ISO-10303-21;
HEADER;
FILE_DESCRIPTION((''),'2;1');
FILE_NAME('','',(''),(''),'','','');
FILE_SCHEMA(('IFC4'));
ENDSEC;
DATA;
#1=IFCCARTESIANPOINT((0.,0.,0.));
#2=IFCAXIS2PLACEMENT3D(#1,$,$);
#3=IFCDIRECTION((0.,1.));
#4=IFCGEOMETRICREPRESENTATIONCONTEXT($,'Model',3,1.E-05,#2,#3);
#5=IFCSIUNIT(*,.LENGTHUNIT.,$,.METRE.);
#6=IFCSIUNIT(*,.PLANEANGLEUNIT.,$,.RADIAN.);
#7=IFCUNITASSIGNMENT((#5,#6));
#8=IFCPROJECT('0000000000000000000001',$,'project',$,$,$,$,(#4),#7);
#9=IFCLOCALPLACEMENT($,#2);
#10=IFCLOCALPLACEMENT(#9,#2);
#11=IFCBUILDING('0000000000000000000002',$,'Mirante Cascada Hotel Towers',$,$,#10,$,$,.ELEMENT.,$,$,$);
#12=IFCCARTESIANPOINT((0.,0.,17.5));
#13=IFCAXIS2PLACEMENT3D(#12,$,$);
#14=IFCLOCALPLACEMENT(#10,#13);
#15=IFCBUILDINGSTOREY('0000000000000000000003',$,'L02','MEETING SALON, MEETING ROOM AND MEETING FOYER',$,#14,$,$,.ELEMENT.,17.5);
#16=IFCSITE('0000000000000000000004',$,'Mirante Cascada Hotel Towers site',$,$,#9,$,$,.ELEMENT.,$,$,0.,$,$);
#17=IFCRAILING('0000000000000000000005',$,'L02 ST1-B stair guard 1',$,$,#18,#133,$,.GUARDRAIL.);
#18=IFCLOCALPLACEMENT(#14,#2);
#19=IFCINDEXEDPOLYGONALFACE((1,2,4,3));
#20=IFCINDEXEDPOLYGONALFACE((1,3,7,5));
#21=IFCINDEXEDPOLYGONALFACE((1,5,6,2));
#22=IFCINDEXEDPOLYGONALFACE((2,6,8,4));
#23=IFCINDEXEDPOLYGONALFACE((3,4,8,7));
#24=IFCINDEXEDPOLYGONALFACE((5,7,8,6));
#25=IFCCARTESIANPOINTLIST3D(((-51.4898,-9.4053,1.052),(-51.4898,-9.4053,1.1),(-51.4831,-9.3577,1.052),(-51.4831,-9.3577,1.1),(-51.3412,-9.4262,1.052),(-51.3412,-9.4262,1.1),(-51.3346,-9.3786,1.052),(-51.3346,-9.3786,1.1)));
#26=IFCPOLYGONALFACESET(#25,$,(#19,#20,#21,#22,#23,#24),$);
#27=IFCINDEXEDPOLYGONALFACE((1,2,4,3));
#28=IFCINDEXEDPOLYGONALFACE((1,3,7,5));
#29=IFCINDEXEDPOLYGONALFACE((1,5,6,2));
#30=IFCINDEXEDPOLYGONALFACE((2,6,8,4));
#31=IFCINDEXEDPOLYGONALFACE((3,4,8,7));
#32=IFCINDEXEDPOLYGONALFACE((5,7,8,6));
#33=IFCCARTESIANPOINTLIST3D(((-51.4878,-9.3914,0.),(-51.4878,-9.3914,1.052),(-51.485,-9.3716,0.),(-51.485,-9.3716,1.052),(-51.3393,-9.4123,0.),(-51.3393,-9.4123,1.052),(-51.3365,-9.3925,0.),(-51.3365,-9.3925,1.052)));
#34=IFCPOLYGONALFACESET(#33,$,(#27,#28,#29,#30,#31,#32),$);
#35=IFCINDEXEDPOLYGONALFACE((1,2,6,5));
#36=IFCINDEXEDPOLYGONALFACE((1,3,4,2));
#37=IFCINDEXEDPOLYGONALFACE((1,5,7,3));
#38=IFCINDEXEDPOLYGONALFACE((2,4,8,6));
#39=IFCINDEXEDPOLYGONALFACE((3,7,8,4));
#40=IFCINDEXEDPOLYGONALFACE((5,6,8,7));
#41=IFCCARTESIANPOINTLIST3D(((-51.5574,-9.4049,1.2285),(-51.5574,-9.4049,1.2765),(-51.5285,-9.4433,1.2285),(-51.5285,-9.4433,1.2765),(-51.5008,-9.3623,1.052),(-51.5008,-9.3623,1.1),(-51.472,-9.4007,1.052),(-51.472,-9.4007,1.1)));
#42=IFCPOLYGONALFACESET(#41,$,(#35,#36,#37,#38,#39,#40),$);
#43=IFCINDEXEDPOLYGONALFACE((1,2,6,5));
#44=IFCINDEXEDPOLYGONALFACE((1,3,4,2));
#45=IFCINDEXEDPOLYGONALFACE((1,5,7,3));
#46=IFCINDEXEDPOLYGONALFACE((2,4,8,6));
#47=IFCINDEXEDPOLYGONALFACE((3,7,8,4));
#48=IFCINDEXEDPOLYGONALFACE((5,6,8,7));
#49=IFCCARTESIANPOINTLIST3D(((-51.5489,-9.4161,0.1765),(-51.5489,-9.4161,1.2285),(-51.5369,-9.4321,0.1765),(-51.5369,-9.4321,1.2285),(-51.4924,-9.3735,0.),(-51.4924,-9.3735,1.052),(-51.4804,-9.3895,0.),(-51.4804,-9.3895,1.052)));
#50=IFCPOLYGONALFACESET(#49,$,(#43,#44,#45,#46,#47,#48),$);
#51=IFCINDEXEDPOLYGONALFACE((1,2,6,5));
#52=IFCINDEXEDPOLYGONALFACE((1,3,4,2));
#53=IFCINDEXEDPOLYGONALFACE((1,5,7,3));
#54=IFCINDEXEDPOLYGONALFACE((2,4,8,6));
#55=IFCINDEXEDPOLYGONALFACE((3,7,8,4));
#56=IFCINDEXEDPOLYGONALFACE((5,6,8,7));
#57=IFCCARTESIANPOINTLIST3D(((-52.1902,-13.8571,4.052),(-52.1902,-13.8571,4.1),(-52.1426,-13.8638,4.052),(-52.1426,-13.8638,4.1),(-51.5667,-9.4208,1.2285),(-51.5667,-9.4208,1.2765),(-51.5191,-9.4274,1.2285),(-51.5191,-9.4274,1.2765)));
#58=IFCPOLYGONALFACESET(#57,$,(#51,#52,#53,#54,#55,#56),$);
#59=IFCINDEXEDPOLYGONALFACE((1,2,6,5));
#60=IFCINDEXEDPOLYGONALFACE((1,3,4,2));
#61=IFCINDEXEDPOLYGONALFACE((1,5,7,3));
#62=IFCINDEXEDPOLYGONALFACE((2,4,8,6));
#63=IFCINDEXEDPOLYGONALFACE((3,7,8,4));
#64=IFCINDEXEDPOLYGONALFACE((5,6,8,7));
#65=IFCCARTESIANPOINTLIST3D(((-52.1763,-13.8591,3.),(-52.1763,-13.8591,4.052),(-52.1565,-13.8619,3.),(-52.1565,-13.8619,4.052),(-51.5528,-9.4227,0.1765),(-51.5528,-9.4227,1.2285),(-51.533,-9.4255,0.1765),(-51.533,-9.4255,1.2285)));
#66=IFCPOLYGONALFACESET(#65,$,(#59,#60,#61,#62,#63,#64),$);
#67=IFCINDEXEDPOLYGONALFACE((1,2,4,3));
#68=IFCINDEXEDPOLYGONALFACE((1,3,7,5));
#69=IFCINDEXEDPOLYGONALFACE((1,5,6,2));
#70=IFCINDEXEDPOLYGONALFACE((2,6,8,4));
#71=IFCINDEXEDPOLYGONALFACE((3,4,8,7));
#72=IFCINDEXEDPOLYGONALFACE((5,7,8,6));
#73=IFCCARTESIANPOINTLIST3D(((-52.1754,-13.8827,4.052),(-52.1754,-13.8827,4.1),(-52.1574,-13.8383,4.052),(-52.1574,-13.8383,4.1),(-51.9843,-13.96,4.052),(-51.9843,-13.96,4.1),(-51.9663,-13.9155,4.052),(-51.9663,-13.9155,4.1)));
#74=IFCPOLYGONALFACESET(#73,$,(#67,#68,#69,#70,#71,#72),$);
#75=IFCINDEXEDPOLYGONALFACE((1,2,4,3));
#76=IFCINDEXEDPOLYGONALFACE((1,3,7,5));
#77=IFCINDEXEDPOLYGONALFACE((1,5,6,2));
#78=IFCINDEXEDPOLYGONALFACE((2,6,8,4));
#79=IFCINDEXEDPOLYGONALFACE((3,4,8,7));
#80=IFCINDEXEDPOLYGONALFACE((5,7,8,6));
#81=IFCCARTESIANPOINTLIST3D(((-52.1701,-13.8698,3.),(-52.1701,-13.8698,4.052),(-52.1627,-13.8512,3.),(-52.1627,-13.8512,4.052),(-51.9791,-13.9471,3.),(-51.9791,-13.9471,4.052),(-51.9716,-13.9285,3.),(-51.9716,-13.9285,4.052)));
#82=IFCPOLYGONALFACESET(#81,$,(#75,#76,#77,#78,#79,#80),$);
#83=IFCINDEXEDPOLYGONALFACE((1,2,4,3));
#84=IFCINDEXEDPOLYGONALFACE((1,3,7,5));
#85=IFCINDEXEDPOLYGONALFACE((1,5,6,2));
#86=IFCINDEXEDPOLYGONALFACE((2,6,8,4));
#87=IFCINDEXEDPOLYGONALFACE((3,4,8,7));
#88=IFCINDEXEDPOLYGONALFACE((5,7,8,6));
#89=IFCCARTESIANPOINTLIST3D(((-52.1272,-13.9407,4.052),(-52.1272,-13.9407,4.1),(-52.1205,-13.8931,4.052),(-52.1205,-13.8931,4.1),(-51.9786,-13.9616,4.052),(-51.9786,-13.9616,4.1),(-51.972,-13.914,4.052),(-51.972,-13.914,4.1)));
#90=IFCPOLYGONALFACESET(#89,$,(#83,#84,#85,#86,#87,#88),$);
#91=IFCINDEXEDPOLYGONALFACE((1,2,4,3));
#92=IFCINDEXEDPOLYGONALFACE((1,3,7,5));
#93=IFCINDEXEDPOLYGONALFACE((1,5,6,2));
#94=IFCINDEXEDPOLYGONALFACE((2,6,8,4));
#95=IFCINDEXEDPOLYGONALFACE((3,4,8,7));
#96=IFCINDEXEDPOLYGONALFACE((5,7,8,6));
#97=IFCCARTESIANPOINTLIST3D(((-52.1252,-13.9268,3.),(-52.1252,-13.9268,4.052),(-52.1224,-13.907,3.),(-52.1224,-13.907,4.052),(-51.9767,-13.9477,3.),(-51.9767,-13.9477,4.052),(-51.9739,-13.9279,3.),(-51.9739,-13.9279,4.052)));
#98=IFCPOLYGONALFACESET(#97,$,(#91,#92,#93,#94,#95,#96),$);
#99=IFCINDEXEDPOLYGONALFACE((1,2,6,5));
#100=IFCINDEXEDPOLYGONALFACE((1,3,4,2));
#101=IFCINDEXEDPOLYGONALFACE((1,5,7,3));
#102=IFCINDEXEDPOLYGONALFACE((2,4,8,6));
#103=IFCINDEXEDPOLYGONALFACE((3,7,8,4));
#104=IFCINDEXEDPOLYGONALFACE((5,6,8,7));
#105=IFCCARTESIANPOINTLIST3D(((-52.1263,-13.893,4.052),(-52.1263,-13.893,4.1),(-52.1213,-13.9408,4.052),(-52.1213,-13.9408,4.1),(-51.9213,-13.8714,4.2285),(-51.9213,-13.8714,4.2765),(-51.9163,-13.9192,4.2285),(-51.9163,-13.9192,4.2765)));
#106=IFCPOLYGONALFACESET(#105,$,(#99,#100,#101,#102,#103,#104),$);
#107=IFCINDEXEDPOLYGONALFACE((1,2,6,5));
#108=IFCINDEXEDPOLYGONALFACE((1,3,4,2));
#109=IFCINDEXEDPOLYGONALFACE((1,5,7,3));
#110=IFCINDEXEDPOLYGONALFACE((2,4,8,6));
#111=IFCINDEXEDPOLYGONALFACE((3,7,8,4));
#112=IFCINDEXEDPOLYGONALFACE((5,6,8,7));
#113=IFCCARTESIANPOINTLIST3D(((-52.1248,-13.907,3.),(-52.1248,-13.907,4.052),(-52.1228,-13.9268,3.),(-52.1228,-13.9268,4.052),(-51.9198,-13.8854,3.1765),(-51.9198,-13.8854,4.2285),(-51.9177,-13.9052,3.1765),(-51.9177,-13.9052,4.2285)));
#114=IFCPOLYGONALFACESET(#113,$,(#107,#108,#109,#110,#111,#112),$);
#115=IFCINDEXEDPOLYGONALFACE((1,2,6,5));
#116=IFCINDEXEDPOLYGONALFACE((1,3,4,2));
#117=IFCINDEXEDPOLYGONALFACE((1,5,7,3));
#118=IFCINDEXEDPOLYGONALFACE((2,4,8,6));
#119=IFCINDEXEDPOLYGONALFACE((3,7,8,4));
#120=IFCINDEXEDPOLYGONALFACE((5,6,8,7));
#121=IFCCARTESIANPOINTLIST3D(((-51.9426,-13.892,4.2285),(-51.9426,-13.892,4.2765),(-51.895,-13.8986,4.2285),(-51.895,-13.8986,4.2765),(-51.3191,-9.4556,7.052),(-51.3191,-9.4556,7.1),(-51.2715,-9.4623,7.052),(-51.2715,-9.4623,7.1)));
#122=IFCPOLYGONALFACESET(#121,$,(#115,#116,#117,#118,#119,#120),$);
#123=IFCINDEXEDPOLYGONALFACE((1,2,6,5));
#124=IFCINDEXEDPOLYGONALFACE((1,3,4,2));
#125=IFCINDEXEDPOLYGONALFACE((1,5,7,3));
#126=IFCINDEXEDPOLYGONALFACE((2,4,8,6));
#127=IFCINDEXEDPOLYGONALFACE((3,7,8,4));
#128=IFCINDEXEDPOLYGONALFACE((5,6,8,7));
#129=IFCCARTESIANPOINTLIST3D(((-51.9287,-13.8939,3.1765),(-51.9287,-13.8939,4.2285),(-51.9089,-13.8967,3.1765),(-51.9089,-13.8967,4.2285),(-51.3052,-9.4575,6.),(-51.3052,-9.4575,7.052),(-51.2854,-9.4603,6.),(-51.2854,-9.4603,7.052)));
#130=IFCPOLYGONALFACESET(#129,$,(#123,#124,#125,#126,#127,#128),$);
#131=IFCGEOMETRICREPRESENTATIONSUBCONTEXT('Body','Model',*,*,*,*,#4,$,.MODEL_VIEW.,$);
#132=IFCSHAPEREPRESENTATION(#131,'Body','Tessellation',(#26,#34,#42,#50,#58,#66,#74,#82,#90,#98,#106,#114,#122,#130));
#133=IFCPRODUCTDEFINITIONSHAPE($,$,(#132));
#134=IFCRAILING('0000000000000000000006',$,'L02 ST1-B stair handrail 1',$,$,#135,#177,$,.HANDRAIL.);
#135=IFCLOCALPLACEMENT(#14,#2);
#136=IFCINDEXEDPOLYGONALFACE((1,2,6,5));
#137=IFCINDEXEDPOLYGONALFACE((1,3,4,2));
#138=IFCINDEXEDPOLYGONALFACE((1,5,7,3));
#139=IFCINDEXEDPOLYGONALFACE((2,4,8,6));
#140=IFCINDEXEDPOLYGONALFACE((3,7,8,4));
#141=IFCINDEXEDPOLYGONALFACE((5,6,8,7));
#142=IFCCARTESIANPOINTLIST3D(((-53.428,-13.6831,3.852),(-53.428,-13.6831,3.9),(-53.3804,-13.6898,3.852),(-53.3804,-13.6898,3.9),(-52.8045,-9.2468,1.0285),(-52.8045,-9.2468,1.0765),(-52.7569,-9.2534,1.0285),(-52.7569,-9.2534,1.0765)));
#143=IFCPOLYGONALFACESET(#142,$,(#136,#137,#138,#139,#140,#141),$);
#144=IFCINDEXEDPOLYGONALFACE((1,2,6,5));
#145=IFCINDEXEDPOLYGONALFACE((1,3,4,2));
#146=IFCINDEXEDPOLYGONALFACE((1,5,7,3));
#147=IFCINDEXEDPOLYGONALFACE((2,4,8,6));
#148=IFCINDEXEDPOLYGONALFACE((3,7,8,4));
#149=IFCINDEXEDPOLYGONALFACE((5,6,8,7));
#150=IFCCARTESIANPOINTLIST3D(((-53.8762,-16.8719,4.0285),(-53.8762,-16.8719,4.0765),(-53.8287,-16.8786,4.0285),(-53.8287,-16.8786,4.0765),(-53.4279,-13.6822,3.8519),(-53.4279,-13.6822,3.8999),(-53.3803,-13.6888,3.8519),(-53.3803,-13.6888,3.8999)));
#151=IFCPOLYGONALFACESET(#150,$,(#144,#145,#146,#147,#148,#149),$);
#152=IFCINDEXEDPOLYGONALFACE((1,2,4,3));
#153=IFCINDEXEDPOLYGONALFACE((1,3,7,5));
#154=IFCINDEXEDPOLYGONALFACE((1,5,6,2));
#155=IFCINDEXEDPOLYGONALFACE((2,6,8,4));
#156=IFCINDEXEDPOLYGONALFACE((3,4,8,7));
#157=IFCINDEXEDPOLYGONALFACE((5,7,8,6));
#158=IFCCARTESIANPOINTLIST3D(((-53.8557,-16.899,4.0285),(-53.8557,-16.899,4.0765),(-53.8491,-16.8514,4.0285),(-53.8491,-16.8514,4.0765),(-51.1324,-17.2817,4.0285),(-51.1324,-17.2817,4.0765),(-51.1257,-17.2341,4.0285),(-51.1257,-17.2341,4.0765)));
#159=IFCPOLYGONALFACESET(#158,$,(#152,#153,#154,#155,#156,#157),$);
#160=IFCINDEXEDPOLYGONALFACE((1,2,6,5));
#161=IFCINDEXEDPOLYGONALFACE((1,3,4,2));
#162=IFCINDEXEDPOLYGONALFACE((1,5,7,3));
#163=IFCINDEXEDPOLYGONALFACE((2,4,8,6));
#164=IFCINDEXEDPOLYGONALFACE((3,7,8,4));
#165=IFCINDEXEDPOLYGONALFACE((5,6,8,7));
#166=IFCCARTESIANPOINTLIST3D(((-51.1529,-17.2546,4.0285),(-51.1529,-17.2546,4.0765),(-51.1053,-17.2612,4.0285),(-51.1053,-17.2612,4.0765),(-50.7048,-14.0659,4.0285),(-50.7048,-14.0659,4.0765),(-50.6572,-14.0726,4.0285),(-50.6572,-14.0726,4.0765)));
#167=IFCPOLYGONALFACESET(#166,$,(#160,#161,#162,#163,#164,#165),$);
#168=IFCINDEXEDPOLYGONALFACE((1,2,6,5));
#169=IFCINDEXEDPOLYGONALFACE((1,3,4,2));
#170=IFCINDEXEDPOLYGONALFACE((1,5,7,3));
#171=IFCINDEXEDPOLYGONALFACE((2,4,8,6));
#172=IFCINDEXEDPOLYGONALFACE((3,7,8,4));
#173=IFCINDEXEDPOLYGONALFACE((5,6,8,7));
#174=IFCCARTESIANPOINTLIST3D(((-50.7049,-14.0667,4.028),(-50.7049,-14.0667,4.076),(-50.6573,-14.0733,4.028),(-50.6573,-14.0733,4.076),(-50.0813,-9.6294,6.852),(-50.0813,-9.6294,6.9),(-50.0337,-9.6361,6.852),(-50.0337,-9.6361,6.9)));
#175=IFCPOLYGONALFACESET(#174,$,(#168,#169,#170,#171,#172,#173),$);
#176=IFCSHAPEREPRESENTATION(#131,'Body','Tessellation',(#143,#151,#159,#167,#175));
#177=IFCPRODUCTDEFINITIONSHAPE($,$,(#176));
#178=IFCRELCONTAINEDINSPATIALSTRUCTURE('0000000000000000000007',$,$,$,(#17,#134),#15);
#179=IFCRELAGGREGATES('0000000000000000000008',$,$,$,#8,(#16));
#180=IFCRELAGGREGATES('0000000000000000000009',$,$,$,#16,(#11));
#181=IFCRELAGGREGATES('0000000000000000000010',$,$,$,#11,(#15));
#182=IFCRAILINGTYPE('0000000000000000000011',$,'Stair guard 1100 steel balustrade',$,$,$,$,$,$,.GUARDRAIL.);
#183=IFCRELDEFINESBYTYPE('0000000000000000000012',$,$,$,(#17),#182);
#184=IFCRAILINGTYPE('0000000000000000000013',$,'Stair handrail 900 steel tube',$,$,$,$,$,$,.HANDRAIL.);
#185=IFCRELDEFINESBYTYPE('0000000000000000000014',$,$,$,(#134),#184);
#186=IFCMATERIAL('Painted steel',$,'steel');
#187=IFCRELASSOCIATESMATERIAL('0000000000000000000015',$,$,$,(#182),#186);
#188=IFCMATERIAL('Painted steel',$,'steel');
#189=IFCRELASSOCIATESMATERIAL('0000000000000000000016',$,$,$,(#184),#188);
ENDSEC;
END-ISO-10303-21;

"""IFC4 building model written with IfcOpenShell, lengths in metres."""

from ifc_helpers import new_model, si_unit, direction, frame, origin, origin_2d, place, context, subcontext, project, spatial, rectangle, extrude, material, type_object, element, save


model = new_model("IFC4")

# Units and contexts
model_context = context("Model", 3, precision=1e-05, world=origin(), true_north=direction((0.0, 1.0)))
body_context = subcontext(model_context, "Body", "Model", "MODEL_VIEW")
ifc_project = project(units=[si_unit("LENGTHUNIT", "METRE"), si_unit("PLANEANGLEUNIT", "RADIAN")], contexts=[model_context])

# Site, building, storey
site_placement = place(None, origin())
site = spatial("IfcSite", under=ifc_project, at=site_placement, Name="Mirante Cascada Hotel Towers site", CompositionType="ELEMENT", RefElevation=0.0)
building_placement = place(site_placement, origin())
building = spatial("IfcBuilding", under=site, at=building_placement, Name="Mirante Cascada Hotel Towers", CompositionType="ELEMENT")
storey_placement = place(building_placement, frame((0.0, 0.0, 17.5)))
storey = spatial("IfcBuildingStorey", under=building, at=storey_placement, Name="L02", Description="MEETING SALON, MEETING ROOM AND MEETING FOYER", CompositionType="ELEMENT", Elevation=17.5)

# Railings
ifc_material_1 = material(Name="Painted steel", Category="steel")
railing_type_1 = type_object("IfcRailingType", Name="Stair guard 1100 steel balustrade", PredefinedType="GUARDRAIL", material=ifc_material_1)
railing_1_placement = place(storey_placement, frame((-51.3379, -9.4024, 0.0)))
element("IfcRailing", 1, at=railing_1_placement, inside=storey, type_object=railing_type_1, Name="L02 ST1-B stair guard 1", PredefinedType="GUARDRAIL", context=body_context, shape_type="SweptSolid", body=[
    extrude(rectangle(XDim=0.048, YDim=0.048, at=origin_2d()), frame((0.0, 0.0, 1.076), z_axis=(-0.990241, 0.139367, 0.0), x_axis=(-0.139367, -0.990241, 0.0)), (0.0, 0.0, 1.0), 0.15),
    extrude(rectangle(XDim=0.02, YDim=1.052, at=origin_2d()), frame((0.0, 0.0, 0.526), z_axis=(-0.990241, 0.139367, 0.0), x_axis=(-0.139367, -0.990241, 0.0)), (0.0, 0.0, 1.0), 0.15),
    extrude(rectangle(XDim=0.048, YDim=0.048, at=origin_2d()), frame((-0.1485, 0.0209, 1.076), z_axis=(-0.798471, -0.602033, 0.0), x_axis=(0.602033, -0.798471, 0.0)), (0.0, 0.928186, 0.372117), 0.1902),
    extrude(rectangle(XDim=0.02, YDim=1.052, at=origin_2d()), frame((-0.1485, 0.0209, 0.526), z_axis=(-0.798471, -0.602033, 0.0), x_axis=(0.602033, -0.798471, 0.0)), (0.0, 0.928186, 0.372117), 0.1902),
    extrude(rectangle(XDim=0.048, YDim=0.048, at=origin_2d()), frame((-0.205, -0.0217, 1.2525), z_axis=(-0.139174, -0.990268, 0.0), x_axis=(0.990268, -0.139174, 0.0)), (0.0, 0.533186, 0.845998), 5.2955),
    extrude(rectangle(XDim=0.02, YDim=1.052, at=origin_2d()), frame((-0.205, -0.0217, 0.7025), z_axis=(-0.139174, -0.990268, 0.0), x_axis=(0.990268, -0.139174, 0.0)), (0.0, 0.533186, 0.845998), 5.2955),
    extrude(rectangle(XDim=0.048, YDim=0.048, at=origin_2d()), frame((-0.8285, -4.4581, 4.076), z_axis=(0.927031, -0.374984, 0.0), x_axis=(0.374984, 0.927031, 0.0)), (0.0, 0.0, 1.0), 0.2061),
    extrude(rectangle(XDim=0.02, YDim=1.052, at=origin_2d()), frame((-0.8285, -4.4581, 3.526), z_axis=(0.927031, -0.374984, 0.0), x_axis=(0.374984, 0.927031, 0.0)), (0.0, 0.0, 1.0), 0.2061),
    extrude(rectangle(XDim=0.048, YDim=0.048, at=origin_2d()), frame((-0.6374, -4.5354, 4.076), z_axis=(-0.990241, 0.139367, 0.0), x_axis=(-0.139367, -0.990241, 0.0)), (0.0, 0.0, 1.0), 0.15),
    extrude(rectangle(XDim=0.02, YDim=1.052, at=origin_2d()), frame((-0.6374, -4.5354, 3.526), z_axis=(-0.990241, 0.139367, 0.0), x_axis=(-0.139367, -0.990241, 0.0)), (0.0, 0.0, 1.0), 0.15),
    extrude(rectangle(XDim=0.048, YDim=0.048, at=origin_2d()), frame((-0.7859, -4.5145, 4.076), z_axis=(0.994495, 0.104786, 0.0), x_axis=(-0.104786, 0.994495, 0.0)), (0.0, 0.650394, 0.759597), 0.2714),
    extrude(rectangle(XDim=0.02, YDim=1.052, at=origin_2d()), frame((-0.7859, -4.5145, 3.526), z_axis=(0.994495, 0.104786, 0.0), x_axis=(-0.104786, 0.994495, 0.0)), (0.0, 0.650394, 0.759597), 0.2714),
    extrude(rectangle(XDim=0.048, YDim=0.048, at=origin_2d()), frame((-0.5809, -4.4929, 4.2525), z_axis=(0.139174, 0.990268, 0.0), x_axis=(-0.990268, 0.139174, 0.0)), (0.0, 0.533186, 0.845998), 5.2955),
    extrude(rectangle(XDim=0.02, YDim=1.052, at=origin_2d()), frame((-0.5809, -4.4929, 3.7025), z_axis=(0.139174, 0.990268, 0.0), x_axis=(-0.990268, 0.139174, 0.0)), (0.0, 0.533186, 0.845998), 5.2955),
])
ifc_material_2 = material(Name="Painted steel", Category="steel")
railing_type_2 = type_object("IfcRailingType", Name="Stair handrail 900 steel tube", PredefinedType="HANDRAIL", material=ifc_material_2)
railing_2_placement = place(storey_placement, frame((-52.7807, -9.2501, 0.1765)))
element("IfcRailing", 2, at=railing_2_placement, inside=storey, type_object=railing_type_2, Name="L02 ST1-B stair handrail 1", PredefinedType="HANDRAIL", context=body_context, shape_type="SweptSolid", body=[
    extrude(rectangle(XDim=0.048, YDim=0.048, at=origin_2d()), frame((0.0, 0.0, 0.876), z_axis=(-0.139174, -0.990268, 0.0), x_axis=(0.990268, -0.139174, 0.0)), (0.0, 0.533186, 0.845998), 5.2955),
    extrude(rectangle(XDim=0.048, YDim=0.048, at=origin_2d()), frame((-0.6234, -4.4354, 3.6994), z_axis=(-0.139191, -0.990266, 0.0), x_axis=(0.990266, -0.139191, 0.0)), (0.0, 0.054731, 0.998501), 3.2259),
    extrude(rectangle(XDim=0.048, YDim=0.048, at=origin_2d()), frame((-1.0717, -7.6251, 3.876), z_axis=(0.99027, -0.139161, 0.0), x_axis=(0.139161, 0.99027, 0.0)), (0.0, 0.0, 1.0), 2.7501),
    extrude(rectangle(XDim=0.048, YDim=0.048, at=origin_2d()), frame((1.6516, -8.0078, 3.876), z_axis=(0.13916, 0.99027, 0.0), x_axis=(-0.99027, 0.13916, 0.0)), (0.0, 0.0, 1.0), 3.22),
    extrude(rectangle(XDim=0.048, YDim=0.048, at=origin_2d()), frame((2.0996, -4.8199, 3.8755), z_axis=(0.139174, 0.990268, 0.0), x_axis=(-0.990268, 0.139174, 0.0)), (0.0, 0.533186, 0.845998), 5.2965),
])

save(model, "model.ifc")
